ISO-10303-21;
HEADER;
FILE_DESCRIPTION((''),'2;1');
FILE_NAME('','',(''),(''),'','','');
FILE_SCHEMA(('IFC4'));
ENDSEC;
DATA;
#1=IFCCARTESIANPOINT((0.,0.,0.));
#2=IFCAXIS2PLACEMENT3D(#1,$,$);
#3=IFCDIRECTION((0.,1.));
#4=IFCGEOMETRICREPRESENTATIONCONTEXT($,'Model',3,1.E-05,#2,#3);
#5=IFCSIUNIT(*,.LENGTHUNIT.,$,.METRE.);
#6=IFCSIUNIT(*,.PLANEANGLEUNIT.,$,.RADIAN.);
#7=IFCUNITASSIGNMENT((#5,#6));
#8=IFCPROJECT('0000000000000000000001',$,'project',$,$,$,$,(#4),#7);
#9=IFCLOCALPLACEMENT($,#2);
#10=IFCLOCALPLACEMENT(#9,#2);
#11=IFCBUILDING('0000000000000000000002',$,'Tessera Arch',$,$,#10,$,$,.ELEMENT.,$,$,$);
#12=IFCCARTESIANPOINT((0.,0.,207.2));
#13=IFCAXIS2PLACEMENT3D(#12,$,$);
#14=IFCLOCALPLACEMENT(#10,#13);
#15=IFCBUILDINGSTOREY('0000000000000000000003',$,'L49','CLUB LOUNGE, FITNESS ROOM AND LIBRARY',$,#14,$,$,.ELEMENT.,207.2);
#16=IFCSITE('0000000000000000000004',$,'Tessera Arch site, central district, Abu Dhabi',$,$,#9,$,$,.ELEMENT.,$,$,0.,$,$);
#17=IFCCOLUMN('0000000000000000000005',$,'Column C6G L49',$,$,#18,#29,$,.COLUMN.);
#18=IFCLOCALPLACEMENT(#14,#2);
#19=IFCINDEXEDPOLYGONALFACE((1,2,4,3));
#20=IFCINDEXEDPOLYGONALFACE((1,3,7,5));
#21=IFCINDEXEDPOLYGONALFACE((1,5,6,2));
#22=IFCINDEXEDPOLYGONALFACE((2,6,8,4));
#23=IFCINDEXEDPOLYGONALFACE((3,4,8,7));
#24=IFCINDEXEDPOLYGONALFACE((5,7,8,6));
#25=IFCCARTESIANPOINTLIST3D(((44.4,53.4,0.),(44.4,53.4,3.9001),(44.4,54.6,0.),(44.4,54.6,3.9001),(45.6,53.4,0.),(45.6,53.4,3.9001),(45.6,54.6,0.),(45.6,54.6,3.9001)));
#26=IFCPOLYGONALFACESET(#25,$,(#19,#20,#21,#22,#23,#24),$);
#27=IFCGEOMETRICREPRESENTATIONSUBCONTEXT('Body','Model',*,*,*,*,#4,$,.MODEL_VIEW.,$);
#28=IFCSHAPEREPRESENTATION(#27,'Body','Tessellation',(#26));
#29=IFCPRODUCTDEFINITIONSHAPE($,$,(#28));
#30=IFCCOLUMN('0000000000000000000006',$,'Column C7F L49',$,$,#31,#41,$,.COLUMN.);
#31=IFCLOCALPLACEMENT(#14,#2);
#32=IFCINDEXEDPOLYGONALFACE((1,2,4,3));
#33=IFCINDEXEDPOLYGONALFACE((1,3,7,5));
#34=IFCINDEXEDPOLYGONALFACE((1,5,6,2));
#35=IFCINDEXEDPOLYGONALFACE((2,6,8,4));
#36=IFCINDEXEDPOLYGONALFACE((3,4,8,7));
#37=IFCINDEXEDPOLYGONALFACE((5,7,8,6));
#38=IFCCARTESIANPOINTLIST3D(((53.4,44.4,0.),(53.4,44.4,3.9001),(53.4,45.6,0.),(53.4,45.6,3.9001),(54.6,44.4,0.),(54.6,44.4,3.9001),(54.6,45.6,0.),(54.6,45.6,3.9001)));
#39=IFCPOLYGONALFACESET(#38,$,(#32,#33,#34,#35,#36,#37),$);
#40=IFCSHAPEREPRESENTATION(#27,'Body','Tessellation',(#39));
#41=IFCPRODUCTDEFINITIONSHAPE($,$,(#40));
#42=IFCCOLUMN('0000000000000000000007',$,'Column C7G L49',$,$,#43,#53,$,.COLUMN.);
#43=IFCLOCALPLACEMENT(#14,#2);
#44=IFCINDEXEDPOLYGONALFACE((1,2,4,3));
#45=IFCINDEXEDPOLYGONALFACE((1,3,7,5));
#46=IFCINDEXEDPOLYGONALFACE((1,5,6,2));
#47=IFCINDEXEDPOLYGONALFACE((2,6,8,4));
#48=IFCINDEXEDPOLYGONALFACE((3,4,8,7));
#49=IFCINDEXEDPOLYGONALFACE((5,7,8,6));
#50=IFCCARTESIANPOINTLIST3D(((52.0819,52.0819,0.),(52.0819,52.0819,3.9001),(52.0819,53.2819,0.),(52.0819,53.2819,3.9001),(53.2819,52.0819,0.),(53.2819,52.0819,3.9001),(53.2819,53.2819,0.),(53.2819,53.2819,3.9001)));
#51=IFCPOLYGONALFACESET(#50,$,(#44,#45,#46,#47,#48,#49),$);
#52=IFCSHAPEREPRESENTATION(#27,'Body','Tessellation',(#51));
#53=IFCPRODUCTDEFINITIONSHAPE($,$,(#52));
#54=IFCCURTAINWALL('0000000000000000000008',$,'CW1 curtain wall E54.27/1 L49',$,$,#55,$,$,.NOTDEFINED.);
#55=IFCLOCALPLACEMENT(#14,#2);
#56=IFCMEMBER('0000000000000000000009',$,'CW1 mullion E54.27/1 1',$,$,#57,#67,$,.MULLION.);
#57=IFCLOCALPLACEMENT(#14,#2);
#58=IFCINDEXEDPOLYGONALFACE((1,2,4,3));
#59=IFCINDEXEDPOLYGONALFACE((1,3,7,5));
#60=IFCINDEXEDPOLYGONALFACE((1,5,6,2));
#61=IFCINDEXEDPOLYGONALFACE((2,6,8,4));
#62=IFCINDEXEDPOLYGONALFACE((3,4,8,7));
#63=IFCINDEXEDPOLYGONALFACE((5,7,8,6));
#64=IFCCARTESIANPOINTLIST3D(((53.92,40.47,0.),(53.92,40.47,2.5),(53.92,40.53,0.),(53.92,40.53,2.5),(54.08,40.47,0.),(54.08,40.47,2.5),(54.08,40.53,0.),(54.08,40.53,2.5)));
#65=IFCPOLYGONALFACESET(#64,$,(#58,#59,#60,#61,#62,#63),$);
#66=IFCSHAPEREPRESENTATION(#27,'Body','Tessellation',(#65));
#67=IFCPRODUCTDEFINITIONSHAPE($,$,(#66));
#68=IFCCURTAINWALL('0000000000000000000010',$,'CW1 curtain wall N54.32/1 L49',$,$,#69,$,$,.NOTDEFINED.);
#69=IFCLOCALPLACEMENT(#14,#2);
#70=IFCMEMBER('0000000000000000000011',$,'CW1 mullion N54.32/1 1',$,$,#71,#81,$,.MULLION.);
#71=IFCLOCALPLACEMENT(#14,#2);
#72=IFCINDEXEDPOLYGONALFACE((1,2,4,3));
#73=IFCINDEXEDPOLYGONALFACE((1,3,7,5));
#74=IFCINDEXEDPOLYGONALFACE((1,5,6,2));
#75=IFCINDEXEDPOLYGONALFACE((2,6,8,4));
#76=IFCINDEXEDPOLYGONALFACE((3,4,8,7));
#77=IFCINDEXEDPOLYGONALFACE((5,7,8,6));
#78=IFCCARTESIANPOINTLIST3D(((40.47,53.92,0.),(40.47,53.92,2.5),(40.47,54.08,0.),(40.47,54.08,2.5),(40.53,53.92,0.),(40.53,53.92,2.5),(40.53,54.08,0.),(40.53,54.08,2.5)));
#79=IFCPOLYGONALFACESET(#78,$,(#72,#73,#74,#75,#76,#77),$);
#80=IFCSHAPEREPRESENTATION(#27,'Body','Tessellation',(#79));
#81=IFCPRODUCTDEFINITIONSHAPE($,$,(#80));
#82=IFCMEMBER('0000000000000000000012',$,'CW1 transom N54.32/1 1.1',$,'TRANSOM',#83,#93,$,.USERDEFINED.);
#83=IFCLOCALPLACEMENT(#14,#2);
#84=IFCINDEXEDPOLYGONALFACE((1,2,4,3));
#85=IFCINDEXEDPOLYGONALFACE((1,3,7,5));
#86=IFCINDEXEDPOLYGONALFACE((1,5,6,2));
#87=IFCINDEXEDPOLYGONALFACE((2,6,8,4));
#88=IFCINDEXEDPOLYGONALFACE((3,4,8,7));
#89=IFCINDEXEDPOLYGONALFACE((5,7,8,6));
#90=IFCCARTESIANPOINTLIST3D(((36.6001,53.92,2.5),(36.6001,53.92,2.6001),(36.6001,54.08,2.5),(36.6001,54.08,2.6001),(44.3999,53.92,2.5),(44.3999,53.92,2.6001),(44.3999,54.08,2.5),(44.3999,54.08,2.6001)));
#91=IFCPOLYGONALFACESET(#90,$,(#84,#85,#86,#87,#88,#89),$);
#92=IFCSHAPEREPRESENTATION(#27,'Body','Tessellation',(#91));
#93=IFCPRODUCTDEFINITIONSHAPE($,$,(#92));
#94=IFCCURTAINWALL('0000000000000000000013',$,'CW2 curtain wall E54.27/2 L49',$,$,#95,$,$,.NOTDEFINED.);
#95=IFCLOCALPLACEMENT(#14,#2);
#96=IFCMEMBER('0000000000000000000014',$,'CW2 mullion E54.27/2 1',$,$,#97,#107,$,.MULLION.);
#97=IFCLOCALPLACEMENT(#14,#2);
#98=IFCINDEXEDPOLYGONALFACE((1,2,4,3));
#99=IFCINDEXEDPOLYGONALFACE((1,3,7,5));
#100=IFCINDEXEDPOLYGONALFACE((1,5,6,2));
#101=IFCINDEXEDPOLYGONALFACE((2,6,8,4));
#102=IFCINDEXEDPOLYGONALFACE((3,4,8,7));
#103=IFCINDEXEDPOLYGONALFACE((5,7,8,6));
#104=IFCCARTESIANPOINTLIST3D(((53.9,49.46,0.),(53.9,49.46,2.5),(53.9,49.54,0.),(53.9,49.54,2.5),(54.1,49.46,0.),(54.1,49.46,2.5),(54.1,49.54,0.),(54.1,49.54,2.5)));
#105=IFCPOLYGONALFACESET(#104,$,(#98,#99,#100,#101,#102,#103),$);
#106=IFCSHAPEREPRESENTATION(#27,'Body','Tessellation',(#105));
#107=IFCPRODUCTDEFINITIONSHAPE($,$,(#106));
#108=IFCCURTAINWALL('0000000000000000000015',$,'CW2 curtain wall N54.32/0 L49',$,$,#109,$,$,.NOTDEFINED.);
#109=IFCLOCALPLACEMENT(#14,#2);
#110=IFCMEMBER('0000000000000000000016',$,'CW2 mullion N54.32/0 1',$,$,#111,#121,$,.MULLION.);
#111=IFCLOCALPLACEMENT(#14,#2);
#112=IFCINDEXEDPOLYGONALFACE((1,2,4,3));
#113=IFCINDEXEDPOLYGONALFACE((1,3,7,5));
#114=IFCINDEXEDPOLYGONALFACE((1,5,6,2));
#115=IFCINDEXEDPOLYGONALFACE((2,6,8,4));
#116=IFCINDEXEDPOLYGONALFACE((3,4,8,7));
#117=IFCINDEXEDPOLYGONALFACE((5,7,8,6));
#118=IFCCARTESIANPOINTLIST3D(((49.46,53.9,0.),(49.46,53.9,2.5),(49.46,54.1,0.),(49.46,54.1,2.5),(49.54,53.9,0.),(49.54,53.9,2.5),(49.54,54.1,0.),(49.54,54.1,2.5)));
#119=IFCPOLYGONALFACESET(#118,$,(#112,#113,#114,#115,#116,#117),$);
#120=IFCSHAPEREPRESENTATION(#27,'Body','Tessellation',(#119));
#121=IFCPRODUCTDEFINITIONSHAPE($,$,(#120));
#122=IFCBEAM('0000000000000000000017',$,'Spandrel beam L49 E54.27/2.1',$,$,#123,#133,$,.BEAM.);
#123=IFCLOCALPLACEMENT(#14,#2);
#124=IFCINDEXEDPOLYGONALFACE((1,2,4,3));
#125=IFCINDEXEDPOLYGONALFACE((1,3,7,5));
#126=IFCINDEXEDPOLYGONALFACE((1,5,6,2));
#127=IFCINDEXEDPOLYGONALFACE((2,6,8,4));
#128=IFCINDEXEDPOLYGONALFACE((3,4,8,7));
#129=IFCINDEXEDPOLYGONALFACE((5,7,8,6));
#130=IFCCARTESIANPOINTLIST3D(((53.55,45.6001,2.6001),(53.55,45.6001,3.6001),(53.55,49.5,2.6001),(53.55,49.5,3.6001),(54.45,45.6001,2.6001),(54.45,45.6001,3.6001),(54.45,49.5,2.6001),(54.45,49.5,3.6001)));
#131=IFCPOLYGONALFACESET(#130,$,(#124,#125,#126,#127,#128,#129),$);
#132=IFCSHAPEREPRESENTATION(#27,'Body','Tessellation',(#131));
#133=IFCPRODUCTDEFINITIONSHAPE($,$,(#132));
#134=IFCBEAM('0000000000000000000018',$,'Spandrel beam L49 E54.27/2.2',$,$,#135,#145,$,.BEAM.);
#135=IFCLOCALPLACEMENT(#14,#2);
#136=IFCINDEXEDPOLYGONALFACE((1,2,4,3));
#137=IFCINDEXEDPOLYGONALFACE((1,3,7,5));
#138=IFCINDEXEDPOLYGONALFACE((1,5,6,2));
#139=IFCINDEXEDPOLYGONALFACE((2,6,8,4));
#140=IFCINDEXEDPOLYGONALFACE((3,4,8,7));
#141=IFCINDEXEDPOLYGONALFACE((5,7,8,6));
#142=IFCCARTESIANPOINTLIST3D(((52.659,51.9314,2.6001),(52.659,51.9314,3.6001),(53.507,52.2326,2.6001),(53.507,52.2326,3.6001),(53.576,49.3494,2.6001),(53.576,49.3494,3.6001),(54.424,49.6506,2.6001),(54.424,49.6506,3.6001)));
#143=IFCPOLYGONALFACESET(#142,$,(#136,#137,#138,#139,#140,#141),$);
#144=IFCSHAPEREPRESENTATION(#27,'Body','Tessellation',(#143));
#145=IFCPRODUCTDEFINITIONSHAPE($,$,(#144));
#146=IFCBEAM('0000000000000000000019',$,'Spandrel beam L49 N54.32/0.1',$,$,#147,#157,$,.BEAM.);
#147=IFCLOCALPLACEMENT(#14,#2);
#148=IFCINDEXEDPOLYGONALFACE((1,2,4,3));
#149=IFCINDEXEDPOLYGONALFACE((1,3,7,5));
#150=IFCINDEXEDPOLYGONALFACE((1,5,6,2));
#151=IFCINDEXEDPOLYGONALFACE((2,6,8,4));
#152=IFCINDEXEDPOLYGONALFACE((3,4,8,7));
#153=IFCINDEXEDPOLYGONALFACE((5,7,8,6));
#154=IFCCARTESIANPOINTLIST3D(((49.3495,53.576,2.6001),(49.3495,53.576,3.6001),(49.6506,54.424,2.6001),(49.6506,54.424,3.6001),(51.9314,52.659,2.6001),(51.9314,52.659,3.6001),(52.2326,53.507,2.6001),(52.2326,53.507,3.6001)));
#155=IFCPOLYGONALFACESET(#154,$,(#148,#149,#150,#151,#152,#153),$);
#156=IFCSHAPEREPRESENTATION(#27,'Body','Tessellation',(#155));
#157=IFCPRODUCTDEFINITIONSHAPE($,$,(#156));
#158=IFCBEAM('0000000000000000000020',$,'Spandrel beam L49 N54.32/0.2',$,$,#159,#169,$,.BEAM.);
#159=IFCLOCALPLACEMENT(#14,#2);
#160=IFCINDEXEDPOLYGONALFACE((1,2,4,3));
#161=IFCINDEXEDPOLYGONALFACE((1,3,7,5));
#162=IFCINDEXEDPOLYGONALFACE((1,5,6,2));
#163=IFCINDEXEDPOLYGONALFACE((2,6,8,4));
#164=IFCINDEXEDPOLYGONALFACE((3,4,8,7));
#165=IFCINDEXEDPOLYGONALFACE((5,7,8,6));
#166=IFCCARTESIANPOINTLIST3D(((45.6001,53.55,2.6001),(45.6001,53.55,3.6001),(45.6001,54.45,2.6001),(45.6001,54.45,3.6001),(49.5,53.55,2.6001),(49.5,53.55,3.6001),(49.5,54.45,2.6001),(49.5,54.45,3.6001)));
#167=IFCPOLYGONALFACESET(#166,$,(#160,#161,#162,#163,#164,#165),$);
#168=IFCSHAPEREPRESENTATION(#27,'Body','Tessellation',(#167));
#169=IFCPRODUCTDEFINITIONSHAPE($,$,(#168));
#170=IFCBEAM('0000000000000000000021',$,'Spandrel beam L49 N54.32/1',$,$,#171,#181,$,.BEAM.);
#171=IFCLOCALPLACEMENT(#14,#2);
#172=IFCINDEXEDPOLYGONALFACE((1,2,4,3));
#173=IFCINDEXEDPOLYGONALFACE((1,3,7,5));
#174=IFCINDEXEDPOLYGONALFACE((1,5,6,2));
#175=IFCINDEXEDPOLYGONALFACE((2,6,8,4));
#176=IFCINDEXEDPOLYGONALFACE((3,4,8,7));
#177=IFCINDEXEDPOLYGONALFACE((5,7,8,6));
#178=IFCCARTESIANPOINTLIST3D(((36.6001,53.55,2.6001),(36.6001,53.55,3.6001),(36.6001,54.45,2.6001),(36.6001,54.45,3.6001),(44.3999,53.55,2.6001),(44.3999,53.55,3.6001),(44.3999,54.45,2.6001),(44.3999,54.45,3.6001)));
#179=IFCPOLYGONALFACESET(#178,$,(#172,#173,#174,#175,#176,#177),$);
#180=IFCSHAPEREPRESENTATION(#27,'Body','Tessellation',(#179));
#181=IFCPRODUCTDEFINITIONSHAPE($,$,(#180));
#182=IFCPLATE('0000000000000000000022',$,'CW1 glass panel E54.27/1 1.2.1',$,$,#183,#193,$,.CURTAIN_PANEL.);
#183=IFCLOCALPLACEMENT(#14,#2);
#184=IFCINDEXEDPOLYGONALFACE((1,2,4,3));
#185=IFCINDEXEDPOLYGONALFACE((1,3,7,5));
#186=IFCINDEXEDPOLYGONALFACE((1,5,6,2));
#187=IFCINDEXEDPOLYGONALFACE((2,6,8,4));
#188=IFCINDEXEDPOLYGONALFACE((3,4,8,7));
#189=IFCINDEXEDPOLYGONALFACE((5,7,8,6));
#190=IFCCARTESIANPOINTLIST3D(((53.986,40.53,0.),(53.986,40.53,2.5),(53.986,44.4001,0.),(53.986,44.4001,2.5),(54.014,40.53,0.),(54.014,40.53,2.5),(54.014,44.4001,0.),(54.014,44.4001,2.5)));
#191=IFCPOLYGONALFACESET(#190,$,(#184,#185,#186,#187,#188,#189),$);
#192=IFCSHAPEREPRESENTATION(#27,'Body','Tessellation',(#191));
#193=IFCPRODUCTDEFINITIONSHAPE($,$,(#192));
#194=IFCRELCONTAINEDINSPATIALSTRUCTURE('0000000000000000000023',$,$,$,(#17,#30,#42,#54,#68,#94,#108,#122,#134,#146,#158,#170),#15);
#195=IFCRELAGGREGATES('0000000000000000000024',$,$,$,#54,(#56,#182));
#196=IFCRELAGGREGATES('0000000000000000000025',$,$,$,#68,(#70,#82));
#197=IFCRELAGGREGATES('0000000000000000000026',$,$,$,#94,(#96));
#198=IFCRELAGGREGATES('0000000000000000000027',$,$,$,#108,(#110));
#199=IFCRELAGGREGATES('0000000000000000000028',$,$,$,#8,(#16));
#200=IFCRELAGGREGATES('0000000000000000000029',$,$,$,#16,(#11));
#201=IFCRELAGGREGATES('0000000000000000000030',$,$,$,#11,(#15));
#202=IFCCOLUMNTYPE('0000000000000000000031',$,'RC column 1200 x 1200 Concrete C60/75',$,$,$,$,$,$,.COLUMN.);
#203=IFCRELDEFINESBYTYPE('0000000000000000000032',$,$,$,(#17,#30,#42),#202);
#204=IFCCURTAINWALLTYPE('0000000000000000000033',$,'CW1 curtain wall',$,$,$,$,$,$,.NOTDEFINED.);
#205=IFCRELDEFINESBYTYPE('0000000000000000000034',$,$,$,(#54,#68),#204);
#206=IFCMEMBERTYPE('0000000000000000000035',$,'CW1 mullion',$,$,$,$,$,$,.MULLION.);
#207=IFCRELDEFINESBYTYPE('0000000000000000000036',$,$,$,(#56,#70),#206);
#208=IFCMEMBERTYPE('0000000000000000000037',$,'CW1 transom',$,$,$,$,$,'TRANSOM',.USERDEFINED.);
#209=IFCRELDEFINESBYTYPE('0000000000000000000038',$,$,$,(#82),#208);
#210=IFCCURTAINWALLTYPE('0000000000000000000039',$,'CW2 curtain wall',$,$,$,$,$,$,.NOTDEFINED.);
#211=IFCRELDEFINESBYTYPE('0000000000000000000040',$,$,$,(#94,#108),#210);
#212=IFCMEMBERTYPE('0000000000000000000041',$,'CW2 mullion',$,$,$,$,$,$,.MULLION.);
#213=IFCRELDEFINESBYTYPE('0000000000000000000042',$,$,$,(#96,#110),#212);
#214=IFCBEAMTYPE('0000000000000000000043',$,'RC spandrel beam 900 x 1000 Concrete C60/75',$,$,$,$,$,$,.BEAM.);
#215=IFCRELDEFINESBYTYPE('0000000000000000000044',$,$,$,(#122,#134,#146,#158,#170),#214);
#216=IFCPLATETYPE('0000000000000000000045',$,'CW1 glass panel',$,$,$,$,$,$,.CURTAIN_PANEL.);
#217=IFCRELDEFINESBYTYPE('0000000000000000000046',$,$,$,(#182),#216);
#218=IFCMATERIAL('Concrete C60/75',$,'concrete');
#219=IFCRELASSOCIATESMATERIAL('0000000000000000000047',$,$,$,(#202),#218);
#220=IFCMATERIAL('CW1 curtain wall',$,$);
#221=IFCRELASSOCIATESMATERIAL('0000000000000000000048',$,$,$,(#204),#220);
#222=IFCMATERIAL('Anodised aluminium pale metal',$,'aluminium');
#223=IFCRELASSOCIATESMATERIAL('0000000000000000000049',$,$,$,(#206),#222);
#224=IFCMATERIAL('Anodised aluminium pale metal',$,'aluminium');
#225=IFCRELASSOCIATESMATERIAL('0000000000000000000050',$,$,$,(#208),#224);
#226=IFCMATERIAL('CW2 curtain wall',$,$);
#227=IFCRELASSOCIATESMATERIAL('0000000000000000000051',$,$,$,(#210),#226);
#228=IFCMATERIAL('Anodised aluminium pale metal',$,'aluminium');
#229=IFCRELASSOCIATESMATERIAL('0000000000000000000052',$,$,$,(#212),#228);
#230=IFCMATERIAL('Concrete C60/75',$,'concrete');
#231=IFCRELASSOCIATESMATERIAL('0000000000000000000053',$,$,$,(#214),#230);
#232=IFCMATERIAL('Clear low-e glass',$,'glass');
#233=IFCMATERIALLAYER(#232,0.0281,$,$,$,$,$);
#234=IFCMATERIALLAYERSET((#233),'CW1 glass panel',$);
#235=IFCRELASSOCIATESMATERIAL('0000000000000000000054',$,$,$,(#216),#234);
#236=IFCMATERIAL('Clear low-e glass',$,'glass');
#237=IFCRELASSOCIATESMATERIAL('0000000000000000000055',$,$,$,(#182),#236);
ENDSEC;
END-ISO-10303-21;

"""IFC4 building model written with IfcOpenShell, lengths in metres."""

from ifc_helpers import new_model, si_unit, direction, frame, origin, origin_2d, place, context, subcontext, project, spatial, rectangle, extrude, material, layer, layer_set, material_profile, profile_set, type_object, element, aggregate, save


model = new_model("IFC4")

# Units and contexts
model_context = context("Model", 3, precision=1e-05, world=origin(), true_north=direction((0.0, 1.0)))
body_context = subcontext(model_context, "Body", "Model", "MODEL_VIEW")
ifc_project = project(units=[si_unit("LENGTHUNIT", "METRE"), si_unit("PLANEANGLEUNIT", "RADIAN")], contexts=[model_context])

# Site, building, storey
site_placement = place(None, origin())
site = spatial("IfcSite", under=ifc_project, at=site_placement, Name="Tessera Arch site, central district, Abu Dhabi", CompositionType="ELEMENT", RefElevation=0.0)
building_placement = place(site_placement, origin())
building = spatial("IfcBuilding", under=site, at=building_placement, Name="Tessera Arch", CompositionType="ELEMENT")
storey_placement = place(building_placement, frame((0.0, 0.0, 207.2)))
storey = spatial("IfcBuildingStorey", under=building, at=storey_placement, Name="L49", Description="CLUB LOUNGE, FITNESS ROOM AND LIBRARY", CompositionType="ELEMENT", Elevation=207.2)

# Columns
ifc_material_1 = material(Name="Concrete C60/75", Category="concrete")
ifc_material_profile_1 = material_profile(ifc_material_1, rectangle(XDim=1.2, YDim=1.2, at=origin_2d()), Name="RC column 1200 x 1200 Concrete C60/75")
ifc_profile_set_1 = profile_set([ifc_material_profile_1], Name="Concrete C60/75")
column_type = type_object("IfcColumnType", Name="RC column 1200 x 1200 Concrete C60/75", PredefinedType="COLUMN", material=ifc_profile_set_1)
for number, where, z_axis, x_axis, name in (
    (1, (45.0, 54.0, 0.0), (0.0, 0.0, 1.0), (1.0, 0.0, 0.0), "Column C6G L49"),
    (2, (54.0, 45.0, 0.0), (0.0, 0.0, 1.0), (1.0, 0.0, 0.0), "Column C7F L49"),
    (3, (52.6819, 52.6819, 0.0), (0.0, 0.0, 1.0), (1.0, 0.0, 0.0), "Column C7G L49"),
):
    element("IfcColumn", number, at=place(storey_placement, frame(where, z_axis=z_axis, x_axis=x_axis)), inside=storey, type_object=column_type, Name=name, PredefinedType="COLUMN", context=body_context, shape_type="SweptSolid", body=[
        extrude(rectangle(XDim=1.2, YDim=1.2, at=origin_2d()), origin(), (0.0, 0.0, 1.0), 3.9001),
    ])

# Curtain wall, member
ifc_material_2 = material(Name="CW1 curtain wall")
curtain_wall_type_1 = type_object("IfcCurtainWallType", Name="CW1 curtain wall", PredefinedType="NOTDEFINED", material=ifc_material_2)
curtain_wall_1_placement = place(storey_placement, origin())
curtain_wall_1 = element("IfcCurtainWall", 4, at=curtain_wall_1_placement, inside=storey, type_object=curtain_wall_type_1, Name="CW1 curtain wall E54.27/1 L49", PredefinedType="NOTDEFINED")
ifc_material_3 = material(Name="Anodised aluminium pale metal", Category="aluminium")
ifc_material_profile_2 = material_profile(ifc_material_3, rectangle(XDim=0.1599, YDim=0.0601, at=origin_2d()), Name="AL 60x160")
ifc_profile_set_2 = profile_set([ifc_material_profile_2], Name="Anodised aluminium pale metal")
member_type_1 = type_object("IfcMemberType", Name="CW1 mullion", PredefinedType="MULLION", material=ifc_profile_set_2)
member_1_placement = place(storey_placement, frame((54.0, 40.5, 0.0), z_axis=(0.0, 0.0, 1.0), x_axis=(-1.0, 0.0, 0.0)))
member_1 = element("IfcMember", 5, at=member_1_placement, type_object=member_type_1, Name="CW1 mullion E54.27/1 1", PredefinedType="MULLION", context=body_context, shape_type="SweptSolid", body=[
    extrude(rectangle(XDim=0.1599, YDim=0.0601, at=origin_2d()), origin(), (0.0, 0.0, 1.0), 2.5),
])

# Curtain wall, members
curtain_wall_2_placement = place(storey_placement, origin())
curtain_wall_2 = element("IfcCurtainWall", 6, at=curtain_wall_2_placement, inside=storey, type_object=curtain_wall_type_1, Name="CW1 curtain wall N54.32/1 L49", PredefinedType="NOTDEFINED")
member_2_placement = place(storey_placement, frame((40.5, 54.0, 0.0), z_axis=(0.0, 0.0, 1.0), x_axis=(0.0, -1.0, 0.0)))
member_2 = element("IfcMember", 7, at=member_2_placement, type_object=member_type_1, Name="CW1 mullion N54.32/1 1", PredefinedType="MULLION", context=body_context, shape_type="SweptSolid", body=[
    extrude(rectangle(XDim=0.1599, YDim=0.0601, at=origin_2d()), origin(), (0.0, 0.0, 1.0), 2.5),
])
ifc_material_4 = material(Name="Anodised aluminium pale metal", Category="aluminium")
ifc_material_profile_3 = material_profile(ifc_material_4, rectangle(XDim=0.1599, YDim=0.1001, at=origin_2d()), Name="AL 160x100")
ifc_profile_set_3 = profile_set([ifc_material_profile_3], Name="Anodised aluminium pale metal")
member_type_2 = type_object("IfcMemberType", Name="CW1 transom", ElementType="TRANSOM", PredefinedType="USERDEFINED", material=ifc_profile_set_3)
member_3_placement = place(storey_placement, frame((44.3999, 54.0, 2.55), z_axis=(-1.0, 0.0, 0.0), x_axis=(0.0, -1.0, 0.0)))
member_3 = element("IfcMember", 8, at=member_3_placement, type_object=member_type_2, Name="CW1 transom N54.32/1 1.1", ObjectType="TRANSOM", PredefinedType="USERDEFINED", context=body_context, shape_type="SweptSolid", body=[
    extrude(rectangle(XDim=0.1599, YDim=0.1001, at=origin_2d()), origin(), (0.0, 0.0, 1.0), 7.7998),
])

# Curtain walls, members
ifc_material_5 = material(Name="CW2 curtain wall")
curtain_wall_type_2 = type_object("IfcCurtainWallType", Name="CW2 curtain wall", PredefinedType="NOTDEFINED", material=ifc_material_5)
curtain_wall_3_placement = place(storey_placement, origin())
curtain_wall_3 = element("IfcCurtainWall", 9, at=curtain_wall_3_placement, inside=storey, type_object=curtain_wall_type_2, Name="CW2 curtain wall E54.27/2 L49", PredefinedType="NOTDEFINED")
ifc_material_6 = material(Name="Anodised aluminium pale metal", Category="aluminium")
ifc_material_profile_4 = material_profile(ifc_material_6, rectangle(XDim=0.2, YDim=0.0801, at=origin_2d()), Name="AL 80x200")
ifc_profile_set_4 = profile_set([ifc_material_profile_4], Name="Anodised aluminium pale metal")
member_type_3 = type_object("IfcMemberType", Name="CW2 mullion", PredefinedType="MULLION", material=ifc_profile_set_4)
member_4_placement = place(storey_placement, frame((54.0, 49.5, 0.0), z_axis=(0.0, 0.0, 1.0), x_axis=(-1.0, 0.0, 0.0)))
member_4 = element("IfcMember", 10, at=member_4_placement, type_object=member_type_3, Name="CW2 mullion E54.27/2 1", PredefinedType="MULLION", context=body_context, shape_type="SweptSolid", body=[
    extrude(rectangle(XDim=0.2, YDim=0.0801, at=origin_2d()), origin(), (0.0, 0.0, 1.0), 2.5),
])
curtain_wall_4_placement = place(storey_placement, origin())
curtain_wall_4 = element("IfcCurtainWall", 11, at=curtain_wall_4_placement, inside=storey, type_object=curtain_wall_type_2, Name="CW2 curtain wall N54.32/0 L49", PredefinedType="NOTDEFINED")
member_5_placement = place(storey_placement, frame((49.5, 54.0, 0.0), z_axis=(0.0, 0.0, 1.0), x_axis=(0.0, -1.0, 0.0)))
member_5 = element("IfcMember", 12, at=member_5_placement, type_object=member_type_3, Name="CW2 mullion N54.32/0 1", PredefinedType="MULLION", context=body_context, shape_type="SweptSolid", body=[
    extrude(rectangle(XDim=0.2, YDim=0.0801, at=origin_2d()), origin(), (0.0, 0.0, 1.0), 2.5),
])

# Beams
ifc_material_7 = material(Name="Concrete C60/75", Category="concrete")
ifc_material_profile_5 = material_profile(ifc_material_7, rectangle(XDim=0.8999, YDim=1.0, at=origin_2d()), Name="RC spandrel beam 900 x 1000 Concrete C60/75")
ifc_profile_set_5 = profile_set([ifc_material_profile_5], Name="Concrete C60/75")
beam_type = type_object("IfcBeamType", Name="RC spandrel beam 900 x 1000 Concrete C60/75", PredefinedType="BEAM", material=ifc_profile_set_5)
beam_1_placement = place(storey_placement, frame((54.0, 45.6001, 3.1001), z_axis=(0.0, 1.0, 0.0), x_axis=(-1.0, 0.0, 0.0)))
element("IfcBeam", 13, at=beam_1_placement, inside=storey, type_object=beam_type, Name="Spandrel beam L49 E54.27/2.1", PredefinedType="BEAM", context=body_context, shape_type="SweptSolid", body=[
    extrude(rectangle(XDim=0.8999, YDim=1.0, at=origin_2d()), origin(), (0.0, 0.0, 1.0), 3.8999),
])
for number, where, z_axis, x_axis, name in (
    (14, (54.0, 49.5, 3.1001), (-0.334665, 0.942337, 0.0), (-0.942337, -0.334665, 0.0), "Spandrel beam L49 E54.27/2.2"),
    (15, (52.082, 53.083, 3.1001), (-0.942337, 0.334665, 0.0), (-0.334665, -0.942337, 0.0), "Spandrel beam L49 N54.32/0.1"),
):
    element("IfcBeam", number, at=place(storey_placement, frame(where, z_axis=z_axis, x_axis=x_axis)), inside=storey, type_object=beam_type, Name=name, PredefinedType="BEAM", context=body_context, shape_type="SweptSolid", body=[
        extrude(rectangle(XDim=0.8999, YDim=1.0, at=origin_2d()), origin(), (0.0, 0.0, 1.0), 2.74),
    ])
beam_2_placement = place(storey_placement, frame((49.5, 54.0, 3.1001), z_axis=(-1.0, 0.0, 0.0), x_axis=(0.0, -1.0, 0.0)))
element("IfcBeam", 16, at=beam_2_placement, inside=storey, type_object=beam_type, Name="Spandrel beam L49 N54.32/0.2", PredefinedType="BEAM", context=body_context, shape_type="SweptSolid", body=[
    extrude(rectangle(XDim=0.8999, YDim=1.0, at=origin_2d()), origin(), (0.0, 0.0, 1.0), 3.8999),
])
beam_3_placement = place(storey_placement, frame((44.3999, 54.0, 3.1001), z_axis=(-1.0, 0.0, 0.0), x_axis=(0.0, -1.0, 0.0)))
element("IfcBeam", 17, at=beam_3_placement, inside=storey, type_object=beam_type, Name="Spandrel beam L49 N54.32/1", PredefinedType="BEAM", context=body_context, shape_type="SweptSolid", body=[
    extrude(rectangle(XDim=0.8999, YDim=1.0, at=origin_2d()), origin(), (0.0, 0.0, 1.0), 7.7998),
])

# Plate
ifc_material_8 = material(Name="Clear low-e glass", Category="glass")
ifc_material_9 = material(Name="Clear low-e glass", Category="glass")
ifc_layer_1 = layer(ifc_material_9, 0.0281)
ifc_layer_set_1 = layer_set([ifc_layer_1], Name="CW1 glass panel")
plate_type_1 = type_object("IfcPlateType", Name="CW1 glass panel", PredefinedType="CURTAIN_PANEL", material=ifc_layer_set_1)
plate_1_placement = place(storey_placement, frame((54.0, 42.4651, 0.0), z_axis=(0.0, 0.0, 1.0), x_axis=(0.0, 1.0, 0.0)))
plate_1 = element("IfcPlate", 18, at=plate_1_placement, type_object=plate_type_1, material=ifc_material_8, Name="CW1 glass panel E54.27/1 1.2.1", PredefinedType="CURTAIN_PANEL", context=body_context, shape_type="SweptSolid", body=[
    extrude(rectangle(XDim=3.8701, YDim=0.0281, at=origin_2d()), origin(), (0.0, 0.0, 1.0), 2.5),
])
aggregate(curtain_wall_1, [member_1, plate_1])
aggregate(curtain_wall_2, [member_2, member_3])
aggregate(curtain_wall_3, [member_4])
aggregate(curtain_wall_4, [member_5])

save(model, "model.ifc")
